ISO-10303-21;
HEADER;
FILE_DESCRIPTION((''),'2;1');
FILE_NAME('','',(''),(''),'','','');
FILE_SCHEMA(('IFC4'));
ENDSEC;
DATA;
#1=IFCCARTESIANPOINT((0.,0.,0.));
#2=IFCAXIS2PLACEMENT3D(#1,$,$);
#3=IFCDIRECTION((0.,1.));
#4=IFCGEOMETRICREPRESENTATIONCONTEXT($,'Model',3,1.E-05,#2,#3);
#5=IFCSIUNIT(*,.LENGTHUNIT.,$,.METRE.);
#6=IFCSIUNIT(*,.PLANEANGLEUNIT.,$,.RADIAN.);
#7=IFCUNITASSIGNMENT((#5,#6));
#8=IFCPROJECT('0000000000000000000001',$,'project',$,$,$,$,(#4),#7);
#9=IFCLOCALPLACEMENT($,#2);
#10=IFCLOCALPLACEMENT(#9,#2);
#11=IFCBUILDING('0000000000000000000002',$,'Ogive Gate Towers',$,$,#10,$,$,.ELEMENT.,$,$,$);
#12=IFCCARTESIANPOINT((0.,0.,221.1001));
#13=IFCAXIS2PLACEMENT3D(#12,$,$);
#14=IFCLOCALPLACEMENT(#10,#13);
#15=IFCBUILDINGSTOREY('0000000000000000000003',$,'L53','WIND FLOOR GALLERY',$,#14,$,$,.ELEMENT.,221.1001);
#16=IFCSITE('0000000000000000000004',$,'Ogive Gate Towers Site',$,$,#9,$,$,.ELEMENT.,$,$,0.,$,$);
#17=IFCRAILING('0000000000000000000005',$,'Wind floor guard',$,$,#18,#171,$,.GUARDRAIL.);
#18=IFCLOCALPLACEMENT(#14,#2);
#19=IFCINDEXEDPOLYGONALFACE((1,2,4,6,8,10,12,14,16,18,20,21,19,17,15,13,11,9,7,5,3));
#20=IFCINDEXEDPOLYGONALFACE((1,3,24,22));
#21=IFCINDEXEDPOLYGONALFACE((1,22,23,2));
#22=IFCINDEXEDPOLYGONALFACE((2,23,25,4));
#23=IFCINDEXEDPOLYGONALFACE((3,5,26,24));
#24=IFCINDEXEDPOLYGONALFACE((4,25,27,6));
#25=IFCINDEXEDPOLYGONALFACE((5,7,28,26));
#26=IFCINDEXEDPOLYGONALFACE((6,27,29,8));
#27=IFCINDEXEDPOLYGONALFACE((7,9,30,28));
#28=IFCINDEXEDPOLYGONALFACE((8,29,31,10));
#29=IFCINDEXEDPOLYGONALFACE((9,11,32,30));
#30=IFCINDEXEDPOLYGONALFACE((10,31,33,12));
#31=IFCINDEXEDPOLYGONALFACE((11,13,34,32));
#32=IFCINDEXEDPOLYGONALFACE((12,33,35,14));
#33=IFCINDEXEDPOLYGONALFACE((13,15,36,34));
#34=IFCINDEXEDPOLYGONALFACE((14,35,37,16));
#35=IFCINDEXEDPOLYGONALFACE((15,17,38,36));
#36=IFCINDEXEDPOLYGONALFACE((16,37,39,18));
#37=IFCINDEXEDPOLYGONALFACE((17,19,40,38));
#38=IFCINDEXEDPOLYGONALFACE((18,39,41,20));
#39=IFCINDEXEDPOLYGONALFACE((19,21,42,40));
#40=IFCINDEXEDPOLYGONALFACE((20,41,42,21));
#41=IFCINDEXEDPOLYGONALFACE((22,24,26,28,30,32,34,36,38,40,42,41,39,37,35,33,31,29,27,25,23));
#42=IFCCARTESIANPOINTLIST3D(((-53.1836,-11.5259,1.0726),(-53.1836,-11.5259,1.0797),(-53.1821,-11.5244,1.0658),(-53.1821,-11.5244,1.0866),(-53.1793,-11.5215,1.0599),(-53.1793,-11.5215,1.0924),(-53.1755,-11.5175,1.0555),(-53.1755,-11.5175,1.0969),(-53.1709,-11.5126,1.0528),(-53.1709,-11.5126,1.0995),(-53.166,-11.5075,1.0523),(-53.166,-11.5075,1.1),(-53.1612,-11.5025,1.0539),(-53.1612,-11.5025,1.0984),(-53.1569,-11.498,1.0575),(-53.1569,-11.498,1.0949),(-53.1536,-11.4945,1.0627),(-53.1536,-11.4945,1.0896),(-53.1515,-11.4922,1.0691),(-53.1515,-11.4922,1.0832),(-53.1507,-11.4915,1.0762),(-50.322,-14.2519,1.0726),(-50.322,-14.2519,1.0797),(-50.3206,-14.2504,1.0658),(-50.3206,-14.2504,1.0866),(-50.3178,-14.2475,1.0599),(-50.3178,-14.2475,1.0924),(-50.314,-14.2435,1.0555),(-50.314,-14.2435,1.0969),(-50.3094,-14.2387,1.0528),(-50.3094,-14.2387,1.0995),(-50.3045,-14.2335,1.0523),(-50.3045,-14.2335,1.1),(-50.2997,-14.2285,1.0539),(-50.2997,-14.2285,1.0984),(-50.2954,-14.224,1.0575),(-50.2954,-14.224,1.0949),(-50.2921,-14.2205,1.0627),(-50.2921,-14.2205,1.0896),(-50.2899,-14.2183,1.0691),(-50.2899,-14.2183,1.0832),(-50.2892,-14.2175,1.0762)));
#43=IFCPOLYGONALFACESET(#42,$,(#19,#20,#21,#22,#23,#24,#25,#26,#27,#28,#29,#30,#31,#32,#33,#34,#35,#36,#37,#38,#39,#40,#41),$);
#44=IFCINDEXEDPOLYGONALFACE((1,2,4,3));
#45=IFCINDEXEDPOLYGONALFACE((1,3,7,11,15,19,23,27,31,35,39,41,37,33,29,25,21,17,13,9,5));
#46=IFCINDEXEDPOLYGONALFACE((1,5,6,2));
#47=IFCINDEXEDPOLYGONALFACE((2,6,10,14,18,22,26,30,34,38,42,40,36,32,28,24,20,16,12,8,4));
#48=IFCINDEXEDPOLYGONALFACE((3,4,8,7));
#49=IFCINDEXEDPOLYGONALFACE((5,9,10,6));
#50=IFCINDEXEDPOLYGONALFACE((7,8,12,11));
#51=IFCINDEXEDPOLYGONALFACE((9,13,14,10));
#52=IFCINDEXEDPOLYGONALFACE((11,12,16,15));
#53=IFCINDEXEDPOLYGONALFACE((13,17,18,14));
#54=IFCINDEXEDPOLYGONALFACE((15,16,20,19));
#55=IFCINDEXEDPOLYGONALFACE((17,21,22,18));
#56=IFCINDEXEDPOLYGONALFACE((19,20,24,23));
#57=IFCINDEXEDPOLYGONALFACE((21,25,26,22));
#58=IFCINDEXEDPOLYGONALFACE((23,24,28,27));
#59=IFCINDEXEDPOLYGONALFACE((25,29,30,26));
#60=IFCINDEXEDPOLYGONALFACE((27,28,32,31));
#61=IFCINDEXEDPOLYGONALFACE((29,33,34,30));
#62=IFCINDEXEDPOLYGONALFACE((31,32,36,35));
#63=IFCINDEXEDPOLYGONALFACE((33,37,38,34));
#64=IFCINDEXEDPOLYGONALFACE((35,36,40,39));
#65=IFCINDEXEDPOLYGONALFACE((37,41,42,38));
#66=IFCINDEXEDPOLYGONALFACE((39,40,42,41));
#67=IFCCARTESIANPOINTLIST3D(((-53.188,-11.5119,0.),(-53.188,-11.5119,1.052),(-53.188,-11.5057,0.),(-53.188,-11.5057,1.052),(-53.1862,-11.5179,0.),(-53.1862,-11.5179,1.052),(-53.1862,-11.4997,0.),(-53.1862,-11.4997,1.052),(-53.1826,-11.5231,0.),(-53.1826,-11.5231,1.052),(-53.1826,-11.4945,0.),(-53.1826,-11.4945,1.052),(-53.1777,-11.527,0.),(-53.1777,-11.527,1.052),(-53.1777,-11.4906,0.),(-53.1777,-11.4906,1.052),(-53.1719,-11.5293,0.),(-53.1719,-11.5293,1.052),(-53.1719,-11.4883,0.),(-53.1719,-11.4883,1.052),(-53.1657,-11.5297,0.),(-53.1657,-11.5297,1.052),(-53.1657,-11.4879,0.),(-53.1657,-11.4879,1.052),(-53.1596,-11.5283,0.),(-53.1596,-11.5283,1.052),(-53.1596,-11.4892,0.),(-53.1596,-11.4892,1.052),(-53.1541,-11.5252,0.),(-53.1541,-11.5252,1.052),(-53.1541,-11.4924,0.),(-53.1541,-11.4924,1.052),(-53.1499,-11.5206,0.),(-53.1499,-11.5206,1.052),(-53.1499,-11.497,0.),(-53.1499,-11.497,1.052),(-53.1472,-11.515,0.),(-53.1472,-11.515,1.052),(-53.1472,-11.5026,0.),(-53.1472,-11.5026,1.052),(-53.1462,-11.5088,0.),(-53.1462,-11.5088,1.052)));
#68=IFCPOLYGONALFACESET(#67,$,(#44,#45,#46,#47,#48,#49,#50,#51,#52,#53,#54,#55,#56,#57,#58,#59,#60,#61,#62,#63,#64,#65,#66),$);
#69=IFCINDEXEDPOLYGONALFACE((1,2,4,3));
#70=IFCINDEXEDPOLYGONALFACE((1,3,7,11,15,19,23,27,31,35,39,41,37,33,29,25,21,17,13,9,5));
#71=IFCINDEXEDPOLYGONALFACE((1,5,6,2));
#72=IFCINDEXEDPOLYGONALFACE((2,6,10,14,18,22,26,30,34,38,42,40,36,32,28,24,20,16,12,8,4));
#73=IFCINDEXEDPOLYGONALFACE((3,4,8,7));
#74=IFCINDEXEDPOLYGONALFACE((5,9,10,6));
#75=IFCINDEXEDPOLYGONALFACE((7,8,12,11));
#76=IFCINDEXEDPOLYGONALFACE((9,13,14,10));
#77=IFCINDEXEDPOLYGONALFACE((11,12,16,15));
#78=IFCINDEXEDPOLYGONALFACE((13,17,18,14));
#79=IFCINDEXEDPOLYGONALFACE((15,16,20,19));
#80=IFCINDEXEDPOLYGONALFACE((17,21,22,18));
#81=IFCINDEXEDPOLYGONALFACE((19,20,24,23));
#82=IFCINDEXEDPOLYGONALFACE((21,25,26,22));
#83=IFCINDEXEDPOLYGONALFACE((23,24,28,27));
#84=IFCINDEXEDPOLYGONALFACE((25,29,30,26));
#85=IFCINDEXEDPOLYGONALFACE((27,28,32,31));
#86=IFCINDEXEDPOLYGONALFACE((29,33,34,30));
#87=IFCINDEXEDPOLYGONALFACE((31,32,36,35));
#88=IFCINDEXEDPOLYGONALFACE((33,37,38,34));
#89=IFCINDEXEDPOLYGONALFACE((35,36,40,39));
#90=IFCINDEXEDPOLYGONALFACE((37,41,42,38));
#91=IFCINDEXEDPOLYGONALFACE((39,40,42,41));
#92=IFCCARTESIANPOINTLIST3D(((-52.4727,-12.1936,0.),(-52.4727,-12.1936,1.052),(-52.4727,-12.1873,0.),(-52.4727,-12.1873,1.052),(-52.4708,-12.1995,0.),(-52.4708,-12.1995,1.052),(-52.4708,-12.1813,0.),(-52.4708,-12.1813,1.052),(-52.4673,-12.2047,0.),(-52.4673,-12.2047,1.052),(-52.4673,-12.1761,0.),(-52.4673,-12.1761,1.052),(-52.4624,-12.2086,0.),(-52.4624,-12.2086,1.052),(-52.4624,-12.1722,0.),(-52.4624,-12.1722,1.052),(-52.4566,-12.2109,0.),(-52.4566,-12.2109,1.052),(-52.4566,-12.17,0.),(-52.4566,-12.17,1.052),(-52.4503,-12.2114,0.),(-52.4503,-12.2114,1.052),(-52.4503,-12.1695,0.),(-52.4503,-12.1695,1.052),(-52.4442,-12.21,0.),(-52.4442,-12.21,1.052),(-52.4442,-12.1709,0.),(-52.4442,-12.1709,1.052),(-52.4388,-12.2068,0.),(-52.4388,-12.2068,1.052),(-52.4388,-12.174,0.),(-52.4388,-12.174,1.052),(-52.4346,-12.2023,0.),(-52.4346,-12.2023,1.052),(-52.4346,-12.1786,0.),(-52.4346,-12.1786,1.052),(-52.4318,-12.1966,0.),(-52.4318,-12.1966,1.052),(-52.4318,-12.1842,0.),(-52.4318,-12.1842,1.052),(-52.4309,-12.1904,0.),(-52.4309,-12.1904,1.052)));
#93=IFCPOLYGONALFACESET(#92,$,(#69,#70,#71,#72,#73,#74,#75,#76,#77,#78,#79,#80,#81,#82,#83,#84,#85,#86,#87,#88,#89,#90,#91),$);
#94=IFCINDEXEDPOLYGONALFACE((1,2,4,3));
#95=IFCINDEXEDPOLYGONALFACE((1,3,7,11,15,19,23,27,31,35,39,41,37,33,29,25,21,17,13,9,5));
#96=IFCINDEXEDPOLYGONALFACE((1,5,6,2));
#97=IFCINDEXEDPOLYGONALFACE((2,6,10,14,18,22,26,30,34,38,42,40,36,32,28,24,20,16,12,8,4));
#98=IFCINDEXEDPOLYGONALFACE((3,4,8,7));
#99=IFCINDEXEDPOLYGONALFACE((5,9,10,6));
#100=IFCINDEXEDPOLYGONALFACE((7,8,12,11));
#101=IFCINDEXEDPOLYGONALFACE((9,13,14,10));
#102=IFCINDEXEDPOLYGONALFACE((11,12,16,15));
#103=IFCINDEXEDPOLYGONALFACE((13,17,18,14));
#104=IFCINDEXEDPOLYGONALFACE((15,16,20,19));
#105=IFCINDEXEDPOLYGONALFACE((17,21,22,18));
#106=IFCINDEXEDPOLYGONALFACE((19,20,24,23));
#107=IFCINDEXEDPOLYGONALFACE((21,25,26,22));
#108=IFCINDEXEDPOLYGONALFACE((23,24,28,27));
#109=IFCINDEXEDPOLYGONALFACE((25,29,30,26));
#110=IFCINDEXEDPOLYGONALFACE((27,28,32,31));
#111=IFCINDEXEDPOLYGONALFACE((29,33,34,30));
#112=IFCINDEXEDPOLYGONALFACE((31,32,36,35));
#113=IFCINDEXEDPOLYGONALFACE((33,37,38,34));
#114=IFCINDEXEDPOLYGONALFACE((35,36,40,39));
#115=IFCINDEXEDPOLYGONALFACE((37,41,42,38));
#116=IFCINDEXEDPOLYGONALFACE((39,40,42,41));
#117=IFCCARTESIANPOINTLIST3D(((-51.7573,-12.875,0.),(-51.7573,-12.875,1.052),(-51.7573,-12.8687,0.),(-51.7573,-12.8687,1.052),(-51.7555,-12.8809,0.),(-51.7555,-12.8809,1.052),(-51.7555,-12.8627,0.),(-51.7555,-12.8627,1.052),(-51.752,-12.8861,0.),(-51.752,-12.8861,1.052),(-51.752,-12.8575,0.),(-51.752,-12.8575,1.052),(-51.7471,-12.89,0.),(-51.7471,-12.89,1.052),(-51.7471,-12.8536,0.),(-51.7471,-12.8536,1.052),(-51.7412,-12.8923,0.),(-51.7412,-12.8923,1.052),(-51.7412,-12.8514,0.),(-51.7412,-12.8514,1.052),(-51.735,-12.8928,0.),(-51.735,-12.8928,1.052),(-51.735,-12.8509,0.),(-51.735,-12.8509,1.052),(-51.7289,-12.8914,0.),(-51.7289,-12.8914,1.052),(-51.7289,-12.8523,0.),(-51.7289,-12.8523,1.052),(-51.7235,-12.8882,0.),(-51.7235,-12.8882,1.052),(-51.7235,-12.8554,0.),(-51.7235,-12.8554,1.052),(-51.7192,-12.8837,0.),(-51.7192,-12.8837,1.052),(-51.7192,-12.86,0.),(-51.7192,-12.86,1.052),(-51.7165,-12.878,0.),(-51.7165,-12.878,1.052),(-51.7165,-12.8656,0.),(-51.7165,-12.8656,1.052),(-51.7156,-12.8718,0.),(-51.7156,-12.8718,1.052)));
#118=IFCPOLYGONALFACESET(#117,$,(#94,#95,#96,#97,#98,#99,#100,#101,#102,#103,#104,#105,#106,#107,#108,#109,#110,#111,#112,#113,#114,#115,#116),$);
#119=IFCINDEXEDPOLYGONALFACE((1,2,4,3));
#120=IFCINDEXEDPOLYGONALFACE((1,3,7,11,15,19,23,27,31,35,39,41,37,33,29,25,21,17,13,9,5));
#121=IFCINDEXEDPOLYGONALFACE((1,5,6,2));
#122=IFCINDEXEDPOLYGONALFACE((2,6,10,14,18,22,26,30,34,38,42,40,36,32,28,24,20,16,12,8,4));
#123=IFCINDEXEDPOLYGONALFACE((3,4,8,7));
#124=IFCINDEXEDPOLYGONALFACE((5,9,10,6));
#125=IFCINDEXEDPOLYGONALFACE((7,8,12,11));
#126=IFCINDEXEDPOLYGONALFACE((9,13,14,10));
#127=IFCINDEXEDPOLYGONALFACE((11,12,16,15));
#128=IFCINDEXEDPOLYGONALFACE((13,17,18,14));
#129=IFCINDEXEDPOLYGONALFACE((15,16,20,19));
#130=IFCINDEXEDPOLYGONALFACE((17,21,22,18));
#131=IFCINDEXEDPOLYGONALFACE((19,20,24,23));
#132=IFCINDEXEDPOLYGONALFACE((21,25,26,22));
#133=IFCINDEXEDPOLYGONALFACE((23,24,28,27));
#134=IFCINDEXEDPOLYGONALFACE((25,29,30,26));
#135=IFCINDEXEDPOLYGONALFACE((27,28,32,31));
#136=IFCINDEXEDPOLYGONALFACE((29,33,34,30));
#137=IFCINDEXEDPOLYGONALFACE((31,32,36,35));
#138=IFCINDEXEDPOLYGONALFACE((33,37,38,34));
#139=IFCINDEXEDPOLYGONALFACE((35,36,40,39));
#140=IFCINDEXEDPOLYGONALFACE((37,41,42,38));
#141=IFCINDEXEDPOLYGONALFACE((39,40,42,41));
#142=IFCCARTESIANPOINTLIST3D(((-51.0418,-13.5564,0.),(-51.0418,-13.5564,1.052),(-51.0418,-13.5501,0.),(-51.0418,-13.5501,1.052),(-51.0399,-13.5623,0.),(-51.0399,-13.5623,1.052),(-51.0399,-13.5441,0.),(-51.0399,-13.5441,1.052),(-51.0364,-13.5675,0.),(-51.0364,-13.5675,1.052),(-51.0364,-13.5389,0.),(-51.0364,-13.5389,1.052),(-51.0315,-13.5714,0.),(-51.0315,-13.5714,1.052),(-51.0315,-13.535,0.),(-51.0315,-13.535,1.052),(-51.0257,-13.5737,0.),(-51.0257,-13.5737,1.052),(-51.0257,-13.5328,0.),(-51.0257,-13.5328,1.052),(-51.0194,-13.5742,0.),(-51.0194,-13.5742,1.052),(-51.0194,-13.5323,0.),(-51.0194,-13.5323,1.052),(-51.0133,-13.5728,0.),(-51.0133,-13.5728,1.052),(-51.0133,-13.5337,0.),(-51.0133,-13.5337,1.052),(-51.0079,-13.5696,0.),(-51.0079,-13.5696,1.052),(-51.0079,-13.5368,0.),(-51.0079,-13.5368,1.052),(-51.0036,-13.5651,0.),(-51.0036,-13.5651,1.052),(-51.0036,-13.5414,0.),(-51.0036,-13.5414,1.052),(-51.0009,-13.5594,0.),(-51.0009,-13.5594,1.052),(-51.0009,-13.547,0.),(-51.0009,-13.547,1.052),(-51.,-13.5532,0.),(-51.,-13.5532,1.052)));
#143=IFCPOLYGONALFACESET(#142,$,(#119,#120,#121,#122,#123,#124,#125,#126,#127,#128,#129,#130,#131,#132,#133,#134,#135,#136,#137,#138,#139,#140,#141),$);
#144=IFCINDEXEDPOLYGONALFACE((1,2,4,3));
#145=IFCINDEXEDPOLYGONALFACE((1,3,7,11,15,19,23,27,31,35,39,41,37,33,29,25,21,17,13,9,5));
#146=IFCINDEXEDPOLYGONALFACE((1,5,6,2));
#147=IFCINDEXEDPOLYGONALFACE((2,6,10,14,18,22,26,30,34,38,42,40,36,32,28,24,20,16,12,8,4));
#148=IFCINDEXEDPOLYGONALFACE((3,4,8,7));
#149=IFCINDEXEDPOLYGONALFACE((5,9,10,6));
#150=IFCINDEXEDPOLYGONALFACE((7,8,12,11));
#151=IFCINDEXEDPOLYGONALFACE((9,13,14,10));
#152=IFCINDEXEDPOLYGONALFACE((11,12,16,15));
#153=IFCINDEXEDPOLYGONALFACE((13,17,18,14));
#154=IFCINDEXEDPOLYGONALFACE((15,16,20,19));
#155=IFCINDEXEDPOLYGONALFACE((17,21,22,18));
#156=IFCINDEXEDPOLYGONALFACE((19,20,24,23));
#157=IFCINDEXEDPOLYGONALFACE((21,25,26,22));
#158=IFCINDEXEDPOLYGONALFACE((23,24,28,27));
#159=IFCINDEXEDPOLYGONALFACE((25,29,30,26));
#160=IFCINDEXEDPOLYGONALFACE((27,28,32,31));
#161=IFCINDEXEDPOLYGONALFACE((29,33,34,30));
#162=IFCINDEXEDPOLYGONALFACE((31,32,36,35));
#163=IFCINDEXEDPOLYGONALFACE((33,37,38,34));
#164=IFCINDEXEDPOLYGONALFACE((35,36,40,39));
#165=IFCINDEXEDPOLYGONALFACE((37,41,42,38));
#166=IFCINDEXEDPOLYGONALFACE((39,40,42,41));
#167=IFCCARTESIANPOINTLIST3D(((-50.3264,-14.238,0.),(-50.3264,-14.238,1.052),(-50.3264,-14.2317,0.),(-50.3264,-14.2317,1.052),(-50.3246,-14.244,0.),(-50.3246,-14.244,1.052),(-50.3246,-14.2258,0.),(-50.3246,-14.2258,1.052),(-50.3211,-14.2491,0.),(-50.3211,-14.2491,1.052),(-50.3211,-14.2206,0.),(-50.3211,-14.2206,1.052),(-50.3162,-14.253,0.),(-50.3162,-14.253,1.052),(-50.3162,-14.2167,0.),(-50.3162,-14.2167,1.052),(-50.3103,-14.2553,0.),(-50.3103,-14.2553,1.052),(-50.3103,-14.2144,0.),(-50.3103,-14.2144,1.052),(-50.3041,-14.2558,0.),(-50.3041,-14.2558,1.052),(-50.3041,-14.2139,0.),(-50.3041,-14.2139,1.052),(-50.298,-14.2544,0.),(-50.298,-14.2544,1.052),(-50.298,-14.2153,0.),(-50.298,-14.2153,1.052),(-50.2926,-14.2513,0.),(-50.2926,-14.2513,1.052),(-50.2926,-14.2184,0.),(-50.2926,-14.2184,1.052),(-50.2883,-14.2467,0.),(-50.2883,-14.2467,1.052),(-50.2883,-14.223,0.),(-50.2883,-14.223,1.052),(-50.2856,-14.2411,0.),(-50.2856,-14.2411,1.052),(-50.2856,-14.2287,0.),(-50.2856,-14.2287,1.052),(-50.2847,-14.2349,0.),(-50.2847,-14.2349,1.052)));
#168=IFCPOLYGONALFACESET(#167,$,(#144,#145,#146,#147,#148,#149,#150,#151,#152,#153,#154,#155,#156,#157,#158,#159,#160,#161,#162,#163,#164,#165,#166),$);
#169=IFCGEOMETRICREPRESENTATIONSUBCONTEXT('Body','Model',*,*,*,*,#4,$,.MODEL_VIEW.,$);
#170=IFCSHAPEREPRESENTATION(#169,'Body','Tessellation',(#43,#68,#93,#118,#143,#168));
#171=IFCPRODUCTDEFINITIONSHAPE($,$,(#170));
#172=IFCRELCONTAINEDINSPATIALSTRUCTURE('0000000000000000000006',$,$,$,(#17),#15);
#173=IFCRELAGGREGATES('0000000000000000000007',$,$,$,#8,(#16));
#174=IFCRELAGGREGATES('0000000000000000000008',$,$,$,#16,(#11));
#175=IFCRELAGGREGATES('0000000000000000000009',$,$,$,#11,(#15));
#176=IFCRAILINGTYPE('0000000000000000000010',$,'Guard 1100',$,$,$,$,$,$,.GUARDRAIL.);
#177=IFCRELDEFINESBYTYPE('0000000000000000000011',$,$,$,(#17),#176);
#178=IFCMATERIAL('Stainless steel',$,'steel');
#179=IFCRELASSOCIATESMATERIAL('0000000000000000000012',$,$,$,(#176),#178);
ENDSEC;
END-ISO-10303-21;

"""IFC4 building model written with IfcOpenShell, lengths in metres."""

from ifc_helpers import new_model, si_unit, direction, frame, origin, origin_2d, place, context, subcontext, project, spatial, circle, extrude, material, type_object, element, save


model = new_model("IFC4")

# Units and contexts
model_context = context("Model", 3, precision=1e-05, world=origin(), true_north=direction((0.0, 1.0)))
body_context = subcontext(model_context, "Body", "Model", "MODEL_VIEW")
ifc_project = project(units=[si_unit("LENGTHUNIT", "METRE"), si_unit("PLANEANGLEUNIT", "RADIAN")], contexts=[model_context])

# Site, building, storey
site_placement = place(None, origin())
site = spatial("IfcSite", under=ifc_project, at=site_placement, Name="Ogive Gate Towers Site", CompositionType="ELEMENT", RefElevation=0.0)
building_placement = place(site_placement, origin())
building = spatial("IfcBuilding", under=site, at=building_placement, Name="Ogive Gate Towers", CompositionType="ELEMENT")
storey_placement = place(building_placement, frame((0.0, 0.0, 221.1001)))
storey = spatial("IfcBuildingStorey", under=building, at=storey_placement, Name="L53", Description="WIND FLOOR GALLERY", CompositionType="ELEMENT", Elevation=221.1001)

# Railing
ifc_material_1 = material(Name="Stainless steel", Category="steel")
railing_type = type_object("IfcRailingType", Name="Guard 1100", PredefinedType="GUARDRAIL", material=ifc_material_1)
railing_1_placement = place(storey_placement, frame((-53.1672, -11.5088, 0.0)))
element("IfcRailing", 1, at=railing_1_placement, inside=storey, type_object=railing_type, Name="Wind floor guard", PredefinedType="GUARDRAIL", context=body_context, shape_type="SweptSolid", body=[
    extrude(circle(Radius=0.0239, at=origin_2d()), frame((0.0, 0.0, 1.0762), z_axis=(0.724041, -0.689757, 0.0), x_axis=(0.689757, 0.724041, 0.0)), (0.0, 0.0, 1.0), 3.9521),
    extrude(circle(Radius=0.021, at=origin_2d()), origin(), (0.0, 0.0, 1.0), 1.052),
    extrude(circle(Radius=0.021, at=origin_2d()), frame((0.7153, -0.6816, 0.0)), (0.0, 0.0, 1.0), 1.052),
    extrude(circle(Radius=0.021, at=origin_2d()), frame((1.4307, -1.363, 0.0)), (0.0, 0.0, 1.0), 1.052),
    extrude(circle(Radius=0.021, at=origin_2d()), frame((2.1462, -2.0444, 0.0)), (0.0, 0.0, 1.0), 1.052),
    extrude(circle(Radius=0.021, at=origin_2d()), frame((2.8616, -2.7261, 0.0)), (0.0, 0.0, 1.0), 1.052),
])

save(model, "model.ifc")
